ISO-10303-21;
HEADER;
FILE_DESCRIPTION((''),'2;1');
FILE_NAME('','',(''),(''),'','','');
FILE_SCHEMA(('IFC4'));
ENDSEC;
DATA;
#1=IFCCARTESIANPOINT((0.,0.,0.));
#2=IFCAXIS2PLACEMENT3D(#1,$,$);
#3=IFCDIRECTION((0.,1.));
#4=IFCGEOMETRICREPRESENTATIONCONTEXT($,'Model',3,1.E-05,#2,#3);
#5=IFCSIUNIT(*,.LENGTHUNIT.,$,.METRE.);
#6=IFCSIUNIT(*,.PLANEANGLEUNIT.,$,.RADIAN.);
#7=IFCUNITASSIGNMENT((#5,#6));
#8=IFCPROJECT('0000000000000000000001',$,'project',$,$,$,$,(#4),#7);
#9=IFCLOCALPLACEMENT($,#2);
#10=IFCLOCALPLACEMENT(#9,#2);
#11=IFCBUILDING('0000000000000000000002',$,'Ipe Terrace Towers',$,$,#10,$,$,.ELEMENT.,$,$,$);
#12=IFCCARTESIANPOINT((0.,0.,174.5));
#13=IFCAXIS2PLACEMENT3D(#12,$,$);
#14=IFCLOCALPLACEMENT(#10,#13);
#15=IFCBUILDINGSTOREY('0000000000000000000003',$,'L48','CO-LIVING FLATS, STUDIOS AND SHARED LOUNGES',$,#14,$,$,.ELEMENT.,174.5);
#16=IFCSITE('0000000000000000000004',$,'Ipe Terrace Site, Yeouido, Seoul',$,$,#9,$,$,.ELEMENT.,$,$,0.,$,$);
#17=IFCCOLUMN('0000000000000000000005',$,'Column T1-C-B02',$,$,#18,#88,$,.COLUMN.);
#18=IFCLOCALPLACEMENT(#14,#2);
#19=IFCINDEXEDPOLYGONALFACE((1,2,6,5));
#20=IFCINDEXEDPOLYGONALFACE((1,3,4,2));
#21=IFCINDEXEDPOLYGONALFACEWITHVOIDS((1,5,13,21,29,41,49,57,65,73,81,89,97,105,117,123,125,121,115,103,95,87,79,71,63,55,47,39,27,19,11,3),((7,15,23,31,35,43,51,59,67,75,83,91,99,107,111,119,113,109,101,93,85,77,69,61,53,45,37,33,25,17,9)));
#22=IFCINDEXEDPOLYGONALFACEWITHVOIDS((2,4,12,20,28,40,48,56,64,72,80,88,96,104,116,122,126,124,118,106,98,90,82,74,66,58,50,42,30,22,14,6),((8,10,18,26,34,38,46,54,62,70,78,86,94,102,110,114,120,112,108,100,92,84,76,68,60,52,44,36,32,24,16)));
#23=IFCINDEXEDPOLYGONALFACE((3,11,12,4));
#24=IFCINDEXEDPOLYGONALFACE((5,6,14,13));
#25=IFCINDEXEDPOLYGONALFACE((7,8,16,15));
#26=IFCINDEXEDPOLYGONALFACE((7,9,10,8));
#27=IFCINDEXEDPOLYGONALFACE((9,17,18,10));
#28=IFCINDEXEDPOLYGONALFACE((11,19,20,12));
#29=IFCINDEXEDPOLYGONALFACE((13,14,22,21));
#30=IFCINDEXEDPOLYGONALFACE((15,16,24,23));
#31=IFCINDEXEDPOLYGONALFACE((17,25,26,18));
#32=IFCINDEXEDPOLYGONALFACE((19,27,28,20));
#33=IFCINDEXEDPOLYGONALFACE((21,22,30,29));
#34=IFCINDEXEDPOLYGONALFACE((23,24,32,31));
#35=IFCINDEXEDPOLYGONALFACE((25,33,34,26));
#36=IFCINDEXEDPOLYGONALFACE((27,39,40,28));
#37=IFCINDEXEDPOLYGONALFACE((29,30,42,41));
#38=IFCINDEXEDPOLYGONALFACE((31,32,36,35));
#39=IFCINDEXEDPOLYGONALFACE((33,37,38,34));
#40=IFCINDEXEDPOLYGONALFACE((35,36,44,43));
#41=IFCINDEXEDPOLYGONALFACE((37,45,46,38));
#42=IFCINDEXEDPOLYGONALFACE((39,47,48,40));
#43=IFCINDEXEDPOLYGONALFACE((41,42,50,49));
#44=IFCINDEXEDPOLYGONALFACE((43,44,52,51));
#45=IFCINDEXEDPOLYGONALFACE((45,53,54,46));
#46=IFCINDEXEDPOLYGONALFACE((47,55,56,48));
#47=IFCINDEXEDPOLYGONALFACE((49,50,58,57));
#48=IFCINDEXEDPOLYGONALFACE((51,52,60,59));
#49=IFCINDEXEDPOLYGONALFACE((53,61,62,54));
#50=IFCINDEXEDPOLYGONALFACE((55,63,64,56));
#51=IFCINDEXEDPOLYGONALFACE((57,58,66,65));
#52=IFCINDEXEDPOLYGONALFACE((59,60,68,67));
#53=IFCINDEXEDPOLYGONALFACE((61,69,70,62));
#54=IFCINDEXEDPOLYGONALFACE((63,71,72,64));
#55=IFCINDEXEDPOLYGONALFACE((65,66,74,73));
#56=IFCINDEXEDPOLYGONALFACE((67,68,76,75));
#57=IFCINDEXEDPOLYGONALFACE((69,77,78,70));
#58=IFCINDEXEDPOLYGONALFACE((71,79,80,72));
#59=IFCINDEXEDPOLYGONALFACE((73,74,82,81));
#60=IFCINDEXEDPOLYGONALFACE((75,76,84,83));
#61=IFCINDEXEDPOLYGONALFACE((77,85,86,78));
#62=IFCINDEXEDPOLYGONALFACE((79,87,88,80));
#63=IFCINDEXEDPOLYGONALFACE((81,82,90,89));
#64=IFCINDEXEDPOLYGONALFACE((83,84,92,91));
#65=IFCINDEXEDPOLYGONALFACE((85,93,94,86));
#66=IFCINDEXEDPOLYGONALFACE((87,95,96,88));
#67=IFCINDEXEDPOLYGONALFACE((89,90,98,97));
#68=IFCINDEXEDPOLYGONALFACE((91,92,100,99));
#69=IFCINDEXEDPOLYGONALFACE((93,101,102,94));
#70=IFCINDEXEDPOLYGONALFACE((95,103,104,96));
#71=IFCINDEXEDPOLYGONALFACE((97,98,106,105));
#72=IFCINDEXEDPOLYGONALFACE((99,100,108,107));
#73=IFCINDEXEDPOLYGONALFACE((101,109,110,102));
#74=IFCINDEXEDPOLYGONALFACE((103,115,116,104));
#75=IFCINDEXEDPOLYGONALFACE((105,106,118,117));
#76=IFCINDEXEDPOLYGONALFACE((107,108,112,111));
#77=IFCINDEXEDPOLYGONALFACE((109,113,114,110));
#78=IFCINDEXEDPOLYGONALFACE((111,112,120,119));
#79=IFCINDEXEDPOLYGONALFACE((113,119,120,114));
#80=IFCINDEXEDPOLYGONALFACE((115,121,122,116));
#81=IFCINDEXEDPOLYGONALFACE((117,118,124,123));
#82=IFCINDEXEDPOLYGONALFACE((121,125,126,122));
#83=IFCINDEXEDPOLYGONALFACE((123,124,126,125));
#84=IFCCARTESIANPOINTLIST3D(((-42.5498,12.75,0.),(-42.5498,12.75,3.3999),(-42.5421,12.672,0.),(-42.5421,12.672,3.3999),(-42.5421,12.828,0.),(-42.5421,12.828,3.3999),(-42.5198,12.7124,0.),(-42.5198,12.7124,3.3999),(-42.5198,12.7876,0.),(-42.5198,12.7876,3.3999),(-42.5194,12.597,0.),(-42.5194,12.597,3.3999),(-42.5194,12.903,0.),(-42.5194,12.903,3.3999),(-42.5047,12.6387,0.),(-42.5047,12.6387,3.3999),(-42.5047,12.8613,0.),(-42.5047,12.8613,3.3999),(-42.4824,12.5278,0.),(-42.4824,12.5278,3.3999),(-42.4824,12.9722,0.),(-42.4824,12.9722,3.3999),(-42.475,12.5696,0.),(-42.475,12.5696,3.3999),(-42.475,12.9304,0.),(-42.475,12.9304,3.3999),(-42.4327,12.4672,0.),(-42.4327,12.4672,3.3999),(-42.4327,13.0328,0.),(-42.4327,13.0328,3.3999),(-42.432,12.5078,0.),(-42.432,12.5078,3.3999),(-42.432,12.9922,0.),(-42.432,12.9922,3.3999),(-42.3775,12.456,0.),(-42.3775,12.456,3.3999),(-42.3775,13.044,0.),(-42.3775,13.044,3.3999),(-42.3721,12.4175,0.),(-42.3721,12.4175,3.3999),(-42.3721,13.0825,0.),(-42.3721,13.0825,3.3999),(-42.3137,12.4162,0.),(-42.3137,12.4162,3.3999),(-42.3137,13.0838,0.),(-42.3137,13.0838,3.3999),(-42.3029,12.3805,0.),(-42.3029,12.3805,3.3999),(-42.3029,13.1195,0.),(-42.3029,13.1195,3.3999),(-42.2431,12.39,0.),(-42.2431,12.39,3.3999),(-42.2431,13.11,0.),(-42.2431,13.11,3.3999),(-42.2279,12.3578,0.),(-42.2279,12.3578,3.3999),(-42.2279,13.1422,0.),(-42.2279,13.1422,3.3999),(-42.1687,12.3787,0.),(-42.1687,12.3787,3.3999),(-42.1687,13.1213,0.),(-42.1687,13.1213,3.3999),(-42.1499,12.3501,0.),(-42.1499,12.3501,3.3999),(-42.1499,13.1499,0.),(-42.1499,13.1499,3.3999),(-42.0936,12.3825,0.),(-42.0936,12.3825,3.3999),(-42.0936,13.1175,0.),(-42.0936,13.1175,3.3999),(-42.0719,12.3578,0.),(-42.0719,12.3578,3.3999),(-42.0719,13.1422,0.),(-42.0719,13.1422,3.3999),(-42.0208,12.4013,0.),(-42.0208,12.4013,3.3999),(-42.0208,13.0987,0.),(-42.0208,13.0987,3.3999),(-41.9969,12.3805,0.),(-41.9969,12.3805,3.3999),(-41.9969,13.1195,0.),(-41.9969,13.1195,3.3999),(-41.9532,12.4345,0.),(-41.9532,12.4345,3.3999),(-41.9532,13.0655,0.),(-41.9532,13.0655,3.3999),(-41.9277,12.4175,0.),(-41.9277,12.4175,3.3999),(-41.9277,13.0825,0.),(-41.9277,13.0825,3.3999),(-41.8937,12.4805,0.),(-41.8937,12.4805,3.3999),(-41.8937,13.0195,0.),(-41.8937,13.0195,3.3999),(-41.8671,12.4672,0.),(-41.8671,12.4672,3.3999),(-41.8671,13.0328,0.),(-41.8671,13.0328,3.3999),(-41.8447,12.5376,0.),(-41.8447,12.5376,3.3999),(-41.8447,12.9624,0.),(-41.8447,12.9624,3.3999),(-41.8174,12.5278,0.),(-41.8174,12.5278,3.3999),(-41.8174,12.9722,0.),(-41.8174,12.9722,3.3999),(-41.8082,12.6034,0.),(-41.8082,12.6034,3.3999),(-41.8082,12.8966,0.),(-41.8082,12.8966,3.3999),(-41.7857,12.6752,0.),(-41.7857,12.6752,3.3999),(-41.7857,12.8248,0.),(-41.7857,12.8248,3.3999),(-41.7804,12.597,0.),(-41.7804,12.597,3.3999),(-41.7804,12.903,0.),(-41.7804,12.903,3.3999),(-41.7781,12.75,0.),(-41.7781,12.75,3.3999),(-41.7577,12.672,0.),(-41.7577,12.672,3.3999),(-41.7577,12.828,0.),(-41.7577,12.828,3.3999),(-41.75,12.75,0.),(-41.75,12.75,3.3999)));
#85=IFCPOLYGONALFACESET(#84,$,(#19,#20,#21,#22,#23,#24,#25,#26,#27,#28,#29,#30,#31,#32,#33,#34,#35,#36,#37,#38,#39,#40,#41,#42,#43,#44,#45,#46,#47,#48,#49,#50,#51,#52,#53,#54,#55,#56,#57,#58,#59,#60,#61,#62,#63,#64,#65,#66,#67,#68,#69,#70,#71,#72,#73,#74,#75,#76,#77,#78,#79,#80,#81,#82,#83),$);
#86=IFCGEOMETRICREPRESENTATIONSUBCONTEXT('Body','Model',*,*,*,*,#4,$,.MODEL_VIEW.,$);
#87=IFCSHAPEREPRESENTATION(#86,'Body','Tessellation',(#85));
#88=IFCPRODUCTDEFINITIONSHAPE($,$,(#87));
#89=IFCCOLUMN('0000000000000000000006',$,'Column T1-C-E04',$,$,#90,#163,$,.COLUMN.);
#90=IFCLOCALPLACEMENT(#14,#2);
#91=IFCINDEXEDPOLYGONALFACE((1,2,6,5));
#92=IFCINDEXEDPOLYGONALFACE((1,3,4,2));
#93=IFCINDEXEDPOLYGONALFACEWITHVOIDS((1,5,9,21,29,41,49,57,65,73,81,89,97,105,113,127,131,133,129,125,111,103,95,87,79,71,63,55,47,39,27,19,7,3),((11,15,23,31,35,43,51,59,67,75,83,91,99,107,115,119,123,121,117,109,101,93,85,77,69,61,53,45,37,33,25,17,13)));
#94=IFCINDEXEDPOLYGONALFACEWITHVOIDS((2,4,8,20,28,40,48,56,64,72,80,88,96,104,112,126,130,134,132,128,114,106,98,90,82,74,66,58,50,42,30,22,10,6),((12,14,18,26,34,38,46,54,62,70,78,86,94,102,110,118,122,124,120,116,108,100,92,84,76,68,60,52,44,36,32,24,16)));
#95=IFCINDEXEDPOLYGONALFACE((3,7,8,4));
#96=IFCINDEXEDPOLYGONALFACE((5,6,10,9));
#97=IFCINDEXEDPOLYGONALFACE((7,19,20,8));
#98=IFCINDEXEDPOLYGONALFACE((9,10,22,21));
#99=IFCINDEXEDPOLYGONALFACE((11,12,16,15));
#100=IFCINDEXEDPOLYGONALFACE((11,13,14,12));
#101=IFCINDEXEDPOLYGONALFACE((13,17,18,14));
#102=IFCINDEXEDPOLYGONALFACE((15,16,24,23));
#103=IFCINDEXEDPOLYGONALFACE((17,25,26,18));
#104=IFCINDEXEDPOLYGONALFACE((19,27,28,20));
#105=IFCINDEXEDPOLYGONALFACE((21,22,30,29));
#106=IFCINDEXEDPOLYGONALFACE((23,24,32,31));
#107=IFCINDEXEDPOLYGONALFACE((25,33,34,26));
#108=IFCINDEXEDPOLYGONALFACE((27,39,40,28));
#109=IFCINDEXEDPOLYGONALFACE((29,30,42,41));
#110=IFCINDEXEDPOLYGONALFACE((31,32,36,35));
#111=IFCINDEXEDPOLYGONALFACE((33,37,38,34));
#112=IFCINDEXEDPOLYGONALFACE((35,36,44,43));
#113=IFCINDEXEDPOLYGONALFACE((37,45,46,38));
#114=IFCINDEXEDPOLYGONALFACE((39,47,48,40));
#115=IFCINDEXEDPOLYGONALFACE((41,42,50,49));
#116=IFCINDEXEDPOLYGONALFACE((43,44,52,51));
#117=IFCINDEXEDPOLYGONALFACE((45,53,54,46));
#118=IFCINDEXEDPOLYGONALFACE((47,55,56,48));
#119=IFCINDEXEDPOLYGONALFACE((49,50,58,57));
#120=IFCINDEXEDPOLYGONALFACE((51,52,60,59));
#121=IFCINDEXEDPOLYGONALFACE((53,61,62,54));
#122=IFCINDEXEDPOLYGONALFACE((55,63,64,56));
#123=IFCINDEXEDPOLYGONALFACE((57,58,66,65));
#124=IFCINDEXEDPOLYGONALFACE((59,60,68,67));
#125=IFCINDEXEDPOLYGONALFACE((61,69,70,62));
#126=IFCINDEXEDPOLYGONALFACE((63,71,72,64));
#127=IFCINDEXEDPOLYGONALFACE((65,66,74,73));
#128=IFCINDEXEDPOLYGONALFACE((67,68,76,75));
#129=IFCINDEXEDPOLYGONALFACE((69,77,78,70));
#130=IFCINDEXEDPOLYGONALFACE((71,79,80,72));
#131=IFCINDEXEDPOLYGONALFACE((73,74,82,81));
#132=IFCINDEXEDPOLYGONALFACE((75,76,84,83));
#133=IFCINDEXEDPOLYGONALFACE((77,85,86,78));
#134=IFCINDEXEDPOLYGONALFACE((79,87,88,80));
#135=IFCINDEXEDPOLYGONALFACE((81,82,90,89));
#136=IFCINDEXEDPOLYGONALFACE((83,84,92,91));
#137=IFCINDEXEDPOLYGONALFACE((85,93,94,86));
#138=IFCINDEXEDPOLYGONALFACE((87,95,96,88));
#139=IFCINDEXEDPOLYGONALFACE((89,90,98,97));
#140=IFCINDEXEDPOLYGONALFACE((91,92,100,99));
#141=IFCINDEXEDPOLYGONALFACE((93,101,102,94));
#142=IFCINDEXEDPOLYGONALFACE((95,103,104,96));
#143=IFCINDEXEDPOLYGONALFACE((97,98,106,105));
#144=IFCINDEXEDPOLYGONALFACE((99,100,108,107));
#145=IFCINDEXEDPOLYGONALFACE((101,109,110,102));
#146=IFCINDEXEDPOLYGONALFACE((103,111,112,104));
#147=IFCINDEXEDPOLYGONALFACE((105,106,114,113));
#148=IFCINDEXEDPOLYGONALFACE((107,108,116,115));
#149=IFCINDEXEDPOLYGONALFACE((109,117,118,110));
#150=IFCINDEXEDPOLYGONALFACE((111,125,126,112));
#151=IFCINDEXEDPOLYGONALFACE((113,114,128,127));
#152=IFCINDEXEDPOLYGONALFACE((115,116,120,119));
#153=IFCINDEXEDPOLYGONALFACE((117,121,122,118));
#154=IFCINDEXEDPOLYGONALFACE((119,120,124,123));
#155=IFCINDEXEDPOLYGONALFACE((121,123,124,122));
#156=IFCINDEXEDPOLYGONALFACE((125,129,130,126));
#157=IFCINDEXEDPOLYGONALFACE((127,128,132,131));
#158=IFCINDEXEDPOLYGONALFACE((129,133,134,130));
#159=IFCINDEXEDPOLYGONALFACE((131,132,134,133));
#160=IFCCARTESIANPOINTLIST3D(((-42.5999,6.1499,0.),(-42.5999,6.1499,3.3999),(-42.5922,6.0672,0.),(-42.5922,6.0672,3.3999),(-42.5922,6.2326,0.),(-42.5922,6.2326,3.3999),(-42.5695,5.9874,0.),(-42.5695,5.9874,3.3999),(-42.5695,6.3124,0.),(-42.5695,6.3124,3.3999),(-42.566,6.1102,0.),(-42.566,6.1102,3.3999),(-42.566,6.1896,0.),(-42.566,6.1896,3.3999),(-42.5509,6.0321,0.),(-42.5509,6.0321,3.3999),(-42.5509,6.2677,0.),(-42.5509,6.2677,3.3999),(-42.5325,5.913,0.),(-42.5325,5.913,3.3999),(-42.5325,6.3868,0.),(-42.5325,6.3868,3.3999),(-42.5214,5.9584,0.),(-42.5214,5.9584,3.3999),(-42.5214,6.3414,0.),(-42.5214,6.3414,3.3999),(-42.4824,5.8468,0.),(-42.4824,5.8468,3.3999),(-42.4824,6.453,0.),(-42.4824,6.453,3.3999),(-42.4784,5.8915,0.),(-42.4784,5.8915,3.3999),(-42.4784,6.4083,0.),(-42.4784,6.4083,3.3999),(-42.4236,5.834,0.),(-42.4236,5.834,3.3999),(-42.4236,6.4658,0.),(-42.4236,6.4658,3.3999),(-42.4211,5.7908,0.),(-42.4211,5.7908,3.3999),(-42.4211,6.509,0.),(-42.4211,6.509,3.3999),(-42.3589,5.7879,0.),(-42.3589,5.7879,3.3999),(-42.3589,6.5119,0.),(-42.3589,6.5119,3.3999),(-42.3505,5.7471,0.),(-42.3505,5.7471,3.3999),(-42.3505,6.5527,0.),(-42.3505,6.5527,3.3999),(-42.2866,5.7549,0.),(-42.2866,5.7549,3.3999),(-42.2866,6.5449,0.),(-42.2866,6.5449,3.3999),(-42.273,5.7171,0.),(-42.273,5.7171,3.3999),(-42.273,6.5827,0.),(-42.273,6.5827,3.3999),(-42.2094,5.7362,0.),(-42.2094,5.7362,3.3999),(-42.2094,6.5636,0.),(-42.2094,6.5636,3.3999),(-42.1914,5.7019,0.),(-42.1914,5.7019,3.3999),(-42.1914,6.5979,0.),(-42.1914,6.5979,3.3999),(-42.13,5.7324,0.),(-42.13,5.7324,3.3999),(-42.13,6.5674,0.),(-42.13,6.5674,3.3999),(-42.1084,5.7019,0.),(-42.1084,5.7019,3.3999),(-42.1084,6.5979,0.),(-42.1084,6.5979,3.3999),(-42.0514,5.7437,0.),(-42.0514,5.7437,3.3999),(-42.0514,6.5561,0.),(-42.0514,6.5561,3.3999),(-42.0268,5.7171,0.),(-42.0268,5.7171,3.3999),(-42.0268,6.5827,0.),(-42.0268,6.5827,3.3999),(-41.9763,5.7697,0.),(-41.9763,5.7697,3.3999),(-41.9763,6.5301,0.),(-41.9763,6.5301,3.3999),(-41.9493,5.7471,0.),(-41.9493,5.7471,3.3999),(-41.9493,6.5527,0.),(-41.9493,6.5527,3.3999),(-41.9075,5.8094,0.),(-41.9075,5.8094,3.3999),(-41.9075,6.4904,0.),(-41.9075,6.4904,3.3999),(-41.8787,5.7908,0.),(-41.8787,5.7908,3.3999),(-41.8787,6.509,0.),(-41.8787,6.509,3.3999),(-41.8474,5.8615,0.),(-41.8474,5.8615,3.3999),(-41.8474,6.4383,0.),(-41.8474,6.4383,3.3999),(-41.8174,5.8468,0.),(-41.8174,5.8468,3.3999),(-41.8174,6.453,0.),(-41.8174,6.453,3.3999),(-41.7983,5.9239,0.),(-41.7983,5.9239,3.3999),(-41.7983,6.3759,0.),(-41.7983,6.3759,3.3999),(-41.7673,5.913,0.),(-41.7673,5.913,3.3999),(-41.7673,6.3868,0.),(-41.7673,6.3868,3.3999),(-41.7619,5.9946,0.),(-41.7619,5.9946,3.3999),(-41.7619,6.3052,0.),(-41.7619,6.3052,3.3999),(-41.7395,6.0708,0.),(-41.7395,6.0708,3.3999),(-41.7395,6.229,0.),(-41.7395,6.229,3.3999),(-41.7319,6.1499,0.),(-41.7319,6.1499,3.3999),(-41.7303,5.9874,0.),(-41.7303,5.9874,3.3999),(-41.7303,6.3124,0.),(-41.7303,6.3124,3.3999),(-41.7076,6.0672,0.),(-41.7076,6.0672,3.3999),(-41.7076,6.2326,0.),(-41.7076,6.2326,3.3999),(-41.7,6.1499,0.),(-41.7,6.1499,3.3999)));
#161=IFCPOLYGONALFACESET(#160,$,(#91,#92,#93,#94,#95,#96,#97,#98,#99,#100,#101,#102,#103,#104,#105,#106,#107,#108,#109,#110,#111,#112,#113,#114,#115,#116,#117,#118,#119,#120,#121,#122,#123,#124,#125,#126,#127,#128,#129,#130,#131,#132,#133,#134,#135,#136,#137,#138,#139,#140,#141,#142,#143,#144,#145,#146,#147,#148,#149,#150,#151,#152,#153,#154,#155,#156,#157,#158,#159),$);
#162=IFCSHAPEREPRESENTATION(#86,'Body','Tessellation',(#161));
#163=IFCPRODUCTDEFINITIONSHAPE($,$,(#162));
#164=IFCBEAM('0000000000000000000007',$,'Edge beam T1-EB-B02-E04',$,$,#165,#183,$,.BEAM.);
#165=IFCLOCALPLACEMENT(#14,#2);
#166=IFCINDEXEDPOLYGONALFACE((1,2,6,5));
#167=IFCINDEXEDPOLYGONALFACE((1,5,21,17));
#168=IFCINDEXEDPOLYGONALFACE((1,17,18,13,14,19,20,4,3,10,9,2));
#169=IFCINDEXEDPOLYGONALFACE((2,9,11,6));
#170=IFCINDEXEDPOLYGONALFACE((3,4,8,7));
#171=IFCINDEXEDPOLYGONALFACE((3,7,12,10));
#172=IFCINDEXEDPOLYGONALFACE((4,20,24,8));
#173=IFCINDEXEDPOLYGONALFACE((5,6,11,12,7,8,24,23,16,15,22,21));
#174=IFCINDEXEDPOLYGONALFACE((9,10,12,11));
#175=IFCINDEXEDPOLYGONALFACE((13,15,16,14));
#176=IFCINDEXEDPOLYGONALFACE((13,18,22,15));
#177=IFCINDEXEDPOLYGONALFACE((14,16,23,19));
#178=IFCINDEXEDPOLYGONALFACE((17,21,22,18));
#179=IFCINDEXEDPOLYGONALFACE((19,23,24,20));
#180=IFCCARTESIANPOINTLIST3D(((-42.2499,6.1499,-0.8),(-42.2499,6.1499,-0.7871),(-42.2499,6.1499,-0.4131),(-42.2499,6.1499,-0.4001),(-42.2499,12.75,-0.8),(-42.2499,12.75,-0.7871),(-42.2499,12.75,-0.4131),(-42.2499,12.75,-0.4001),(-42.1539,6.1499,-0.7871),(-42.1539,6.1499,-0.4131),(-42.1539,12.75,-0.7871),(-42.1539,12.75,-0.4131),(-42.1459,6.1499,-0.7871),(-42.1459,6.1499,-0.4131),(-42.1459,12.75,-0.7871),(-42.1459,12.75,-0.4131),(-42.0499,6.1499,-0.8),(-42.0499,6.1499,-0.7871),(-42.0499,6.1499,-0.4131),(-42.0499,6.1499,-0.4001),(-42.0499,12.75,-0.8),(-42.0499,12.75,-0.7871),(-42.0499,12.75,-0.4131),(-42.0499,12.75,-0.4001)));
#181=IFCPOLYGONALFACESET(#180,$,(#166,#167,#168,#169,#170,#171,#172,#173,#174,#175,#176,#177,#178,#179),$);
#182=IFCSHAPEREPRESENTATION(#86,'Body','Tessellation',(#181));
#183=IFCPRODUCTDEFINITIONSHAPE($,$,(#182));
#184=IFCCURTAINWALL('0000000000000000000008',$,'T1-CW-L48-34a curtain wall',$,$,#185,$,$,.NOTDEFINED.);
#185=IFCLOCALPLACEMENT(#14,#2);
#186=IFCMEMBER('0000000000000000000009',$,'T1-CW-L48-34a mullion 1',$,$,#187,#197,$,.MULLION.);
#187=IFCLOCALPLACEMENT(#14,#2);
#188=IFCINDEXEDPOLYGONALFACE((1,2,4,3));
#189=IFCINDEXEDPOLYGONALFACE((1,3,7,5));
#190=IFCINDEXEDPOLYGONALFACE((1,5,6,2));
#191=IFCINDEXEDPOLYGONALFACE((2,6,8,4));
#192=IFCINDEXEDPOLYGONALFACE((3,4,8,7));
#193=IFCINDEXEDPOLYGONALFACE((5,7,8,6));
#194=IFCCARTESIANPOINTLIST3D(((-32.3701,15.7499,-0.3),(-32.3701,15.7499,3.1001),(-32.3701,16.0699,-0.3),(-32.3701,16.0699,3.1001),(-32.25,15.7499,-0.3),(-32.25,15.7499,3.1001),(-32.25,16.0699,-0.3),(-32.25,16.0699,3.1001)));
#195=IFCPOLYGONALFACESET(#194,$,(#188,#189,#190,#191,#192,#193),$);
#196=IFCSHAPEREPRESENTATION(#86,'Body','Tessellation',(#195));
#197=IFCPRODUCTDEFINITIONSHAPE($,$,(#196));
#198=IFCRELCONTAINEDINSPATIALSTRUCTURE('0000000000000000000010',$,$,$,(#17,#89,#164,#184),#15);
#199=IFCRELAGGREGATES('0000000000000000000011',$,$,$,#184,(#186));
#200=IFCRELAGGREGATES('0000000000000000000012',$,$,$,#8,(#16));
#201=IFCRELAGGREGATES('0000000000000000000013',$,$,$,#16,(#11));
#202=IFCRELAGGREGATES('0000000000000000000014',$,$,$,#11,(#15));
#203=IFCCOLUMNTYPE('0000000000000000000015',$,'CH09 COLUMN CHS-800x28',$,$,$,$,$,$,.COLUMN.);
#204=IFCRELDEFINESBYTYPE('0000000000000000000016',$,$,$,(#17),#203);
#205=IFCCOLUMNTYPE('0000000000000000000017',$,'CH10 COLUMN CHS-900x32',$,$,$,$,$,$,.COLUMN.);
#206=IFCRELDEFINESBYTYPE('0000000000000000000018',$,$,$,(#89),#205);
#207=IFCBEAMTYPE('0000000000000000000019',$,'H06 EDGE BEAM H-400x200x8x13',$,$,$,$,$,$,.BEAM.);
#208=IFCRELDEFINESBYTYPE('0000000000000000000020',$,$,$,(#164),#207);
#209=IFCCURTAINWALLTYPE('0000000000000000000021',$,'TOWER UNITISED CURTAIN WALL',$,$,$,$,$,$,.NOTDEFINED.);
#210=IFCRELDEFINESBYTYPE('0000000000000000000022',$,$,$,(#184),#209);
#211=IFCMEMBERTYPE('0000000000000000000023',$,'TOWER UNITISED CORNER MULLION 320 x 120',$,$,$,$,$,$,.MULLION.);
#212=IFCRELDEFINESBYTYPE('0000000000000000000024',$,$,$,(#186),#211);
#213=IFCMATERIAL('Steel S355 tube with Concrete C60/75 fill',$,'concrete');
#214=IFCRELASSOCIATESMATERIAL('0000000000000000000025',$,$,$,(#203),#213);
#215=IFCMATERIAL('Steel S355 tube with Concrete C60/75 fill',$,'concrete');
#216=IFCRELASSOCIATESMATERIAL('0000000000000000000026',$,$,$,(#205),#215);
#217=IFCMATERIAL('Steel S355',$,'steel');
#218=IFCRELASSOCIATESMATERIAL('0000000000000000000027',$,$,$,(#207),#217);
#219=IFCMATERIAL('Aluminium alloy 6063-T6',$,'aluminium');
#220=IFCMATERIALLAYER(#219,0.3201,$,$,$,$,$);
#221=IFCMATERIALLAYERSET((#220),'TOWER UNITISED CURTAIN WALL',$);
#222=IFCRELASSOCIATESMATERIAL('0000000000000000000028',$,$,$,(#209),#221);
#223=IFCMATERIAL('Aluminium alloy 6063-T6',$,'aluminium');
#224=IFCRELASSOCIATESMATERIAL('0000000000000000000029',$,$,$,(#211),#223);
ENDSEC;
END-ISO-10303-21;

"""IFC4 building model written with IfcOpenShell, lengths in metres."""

from ifc_helpers import new_model, si_unit, direction, frame, origin, origin_2d, place, context, subcontext, project, spatial, rectangle, hollow_circle, i_section, extrude, material, layer, layer_set, material_profile, profile_set, type_object, element, aggregate, save


model = new_model("IFC4")

# Units and contexts
model_context = context("Model", 3, precision=1e-05, world=origin(), true_north=direction((0.0, 1.0)))
body_context = subcontext(model_context, "Body", "Model", "MODEL_VIEW")
ifc_project = project(units=[si_unit("LENGTHUNIT", "METRE"), si_unit("PLANEANGLEUNIT", "RADIAN")], contexts=[model_context])

# Site, building, storey
site_placement = place(None, origin())
site = spatial("IfcSite", under=ifc_project, at=site_placement, Name="Ipe Terrace Site, Yeouido, Seoul", CompositionType="ELEMENT", RefElevation=0.0)
building_placement = place(site_placement, origin())
building = spatial("IfcBuilding", under=site, at=building_placement, Name="Ipe Terrace Towers", CompositionType="ELEMENT")
storey_placement = place(building_placement, frame((0.0, 0.0, 174.5)))
storey = spatial("IfcBuildingStorey", under=building, at=storey_placement, Name="L48", Description="CO-LIVING FLATS, STUDIOS AND SHARED LOUNGES", CompositionType="ELEMENT", Elevation=174.5)

# Columns
ifc_material_1 = material(Name="Steel S355 tube with Concrete C60/75 fill", Category="concrete")
ifc_material_profile_1 = material_profile(ifc_material_1, hollow_circle(Radius=0.3999, WallThickness=0.0281, at=origin_2d()), Name="CHS-800x28")
ifc_profile_set_1 = profile_set([ifc_material_profile_1], Name="Steel S355 tube with Concrete C60/75 fill")
column_type_1 = type_object("IfcColumnType", Name="CH09 COLUMN CHS-800x28", PredefinedType="COLUMN", material=ifc_profile_set_1)
column_1_placement = place(storey_placement, frame((-42.1499, 12.75, 0.0), z_axis=(0.0, 0.0, 1.0), x_axis=(1.0, 0.0, 0.0)))
element("IfcColumn", 1, at=column_1_placement, inside=storey, type_object=column_type_1, Name="Column T1-C-B02", PredefinedType="COLUMN", context=body_context, shape_type="SweptSolid", body=[
    extrude(hollow_circle(Radius=0.3999, WallThickness=0.0281, at=origin_2d()), origin(), (0.0, 0.0, 1.0), 3.3999),
])
ifc_material_2 = material(Name="Steel S355 tube with Concrete C60/75 fill", Category="concrete")
ifc_material_profile_2 = material_profile(ifc_material_2, hollow_circle(Radius=0.45, WallThickness=0.032, at=origin_2d()), Name="CHS-900x32")
ifc_profile_set_2 = profile_set([ifc_material_profile_2], Name="Steel S355 tube with Concrete C60/75 fill")
column_type_2 = type_object("IfcColumnType", Name="CH10 COLUMN CHS-900x32", PredefinedType="COLUMN", material=ifc_profile_set_2)
column_2_placement = place(storey_placement, frame((-42.1499, 6.1499, 0.0), z_axis=(0.0, 0.0, 1.0), x_axis=(1.0, 0.0, 0.0)))
element("IfcColumn", 2, at=column_2_placement, inside=storey, type_object=column_type_2, Name="Column T1-C-E04", PredefinedType="COLUMN", context=body_context, shape_type="SweptSolid", body=[
    extrude(hollow_circle(Radius=0.45, WallThickness=0.032, at=origin_2d()), origin(), (0.0, 0.0, 1.0), 3.3999),
])

# Beam
ifc_material_3 = material(Name="Steel S355", Category="steel")
ifc_material_profile_3 = material_profile(ifc_material_3, i_section(OverallWidth=0.2, OverallDepth=0.3999, WebThickness=0.0081, FlangeThickness=0.0129, at=origin_2d()), Name="H-400x200x8x13")
ifc_profile_set_3 = profile_set([ifc_material_profile_3], Name="Steel S355")
beam_type = type_object("IfcBeamType", Name="H06 EDGE BEAM H-400x200x8x13", PredefinedType="BEAM", material=ifc_profile_set_3)
beam_placement = place(storey_placement, frame((-42.1499, 12.75, -0.6001), z_axis=(0.0, -1.0, 0.0), x_axis=(1.0, 0.0, 0.0)))
element("IfcBeam", 3, at=beam_placement, inside=storey, type_object=beam_type, Name="Edge beam T1-EB-B02-E04", PredefinedType="BEAM", context=body_context, shape_type="SweptSolid", body=[
    extrude(i_section(OverallWidth=0.2, OverallDepth=0.3999, WebThickness=0.0081, FlangeThickness=0.0129, at=origin_2d()), origin(), (0.0, 0.0, 1.0), 6.6001),
])

# Curtain wall, member
ifc_material_4 = material(Name="Aluminium alloy 6063-T6", Category="aluminium")
ifc_layer_1 = layer(ifc_material_4, 0.3201)
ifc_layer_set_1 = layer_set([ifc_layer_1], Name="TOWER UNITISED CURTAIN WALL")
curtain_wall_type = type_object("IfcCurtainWallType", Name="TOWER UNITISED CURTAIN WALL", PredefinedType="NOTDEFINED", material=ifc_layer_set_1)
curtain_wall_placement = place(storey_placement, origin())
curtain_wall = element("IfcCurtainWall", 4, at=curtain_wall_placement, inside=storey, type_object=curtain_wall_type, Name="T1-CW-L48-34a curtain wall", PredefinedType="NOTDEFINED")
ifc_material_5 = material(Name="Aluminium alloy 6063-T6", Category="aluminium")
ifc_material_profile_4 = material_profile(ifc_material_5, rectangle(XDim=0.3201, YDim=0.1201, at=origin_2d()), Name="TOWER UNITISED CORNER MULLION 320 x 120")
ifc_profile_set_4 = profile_set([ifc_material_profile_4], Name="Aluminium alloy 6063-T6")
member_type_1 = type_object("IfcMemberType", Name="TOWER UNITISED CORNER MULLION 320 x 120", PredefinedType="MULLION", material=ifc_profile_set_4)
member_1_placement = place(storey_placement, frame((-32.3101, 15.9099, -0.3), z_axis=(0.0, 0.0, 1.0), x_axis=(0.0, 1.0, 0.0)))
member_1 = element("IfcMember", 5, at=member_1_placement, type_object=member_type_1, Name="T1-CW-L48-34a mullion 1", PredefinedType="MULLION", context=body_context, shape_type="SweptSolid", body=[
    extrude(rectangle(XDim=0.3201, YDim=0.1201, at=origin_2d()), origin(), (0.0, 0.0, 1.0), 3.4001),
])
aggregate(curtain_wall, [member_1])

save(model, "model.ifc")
